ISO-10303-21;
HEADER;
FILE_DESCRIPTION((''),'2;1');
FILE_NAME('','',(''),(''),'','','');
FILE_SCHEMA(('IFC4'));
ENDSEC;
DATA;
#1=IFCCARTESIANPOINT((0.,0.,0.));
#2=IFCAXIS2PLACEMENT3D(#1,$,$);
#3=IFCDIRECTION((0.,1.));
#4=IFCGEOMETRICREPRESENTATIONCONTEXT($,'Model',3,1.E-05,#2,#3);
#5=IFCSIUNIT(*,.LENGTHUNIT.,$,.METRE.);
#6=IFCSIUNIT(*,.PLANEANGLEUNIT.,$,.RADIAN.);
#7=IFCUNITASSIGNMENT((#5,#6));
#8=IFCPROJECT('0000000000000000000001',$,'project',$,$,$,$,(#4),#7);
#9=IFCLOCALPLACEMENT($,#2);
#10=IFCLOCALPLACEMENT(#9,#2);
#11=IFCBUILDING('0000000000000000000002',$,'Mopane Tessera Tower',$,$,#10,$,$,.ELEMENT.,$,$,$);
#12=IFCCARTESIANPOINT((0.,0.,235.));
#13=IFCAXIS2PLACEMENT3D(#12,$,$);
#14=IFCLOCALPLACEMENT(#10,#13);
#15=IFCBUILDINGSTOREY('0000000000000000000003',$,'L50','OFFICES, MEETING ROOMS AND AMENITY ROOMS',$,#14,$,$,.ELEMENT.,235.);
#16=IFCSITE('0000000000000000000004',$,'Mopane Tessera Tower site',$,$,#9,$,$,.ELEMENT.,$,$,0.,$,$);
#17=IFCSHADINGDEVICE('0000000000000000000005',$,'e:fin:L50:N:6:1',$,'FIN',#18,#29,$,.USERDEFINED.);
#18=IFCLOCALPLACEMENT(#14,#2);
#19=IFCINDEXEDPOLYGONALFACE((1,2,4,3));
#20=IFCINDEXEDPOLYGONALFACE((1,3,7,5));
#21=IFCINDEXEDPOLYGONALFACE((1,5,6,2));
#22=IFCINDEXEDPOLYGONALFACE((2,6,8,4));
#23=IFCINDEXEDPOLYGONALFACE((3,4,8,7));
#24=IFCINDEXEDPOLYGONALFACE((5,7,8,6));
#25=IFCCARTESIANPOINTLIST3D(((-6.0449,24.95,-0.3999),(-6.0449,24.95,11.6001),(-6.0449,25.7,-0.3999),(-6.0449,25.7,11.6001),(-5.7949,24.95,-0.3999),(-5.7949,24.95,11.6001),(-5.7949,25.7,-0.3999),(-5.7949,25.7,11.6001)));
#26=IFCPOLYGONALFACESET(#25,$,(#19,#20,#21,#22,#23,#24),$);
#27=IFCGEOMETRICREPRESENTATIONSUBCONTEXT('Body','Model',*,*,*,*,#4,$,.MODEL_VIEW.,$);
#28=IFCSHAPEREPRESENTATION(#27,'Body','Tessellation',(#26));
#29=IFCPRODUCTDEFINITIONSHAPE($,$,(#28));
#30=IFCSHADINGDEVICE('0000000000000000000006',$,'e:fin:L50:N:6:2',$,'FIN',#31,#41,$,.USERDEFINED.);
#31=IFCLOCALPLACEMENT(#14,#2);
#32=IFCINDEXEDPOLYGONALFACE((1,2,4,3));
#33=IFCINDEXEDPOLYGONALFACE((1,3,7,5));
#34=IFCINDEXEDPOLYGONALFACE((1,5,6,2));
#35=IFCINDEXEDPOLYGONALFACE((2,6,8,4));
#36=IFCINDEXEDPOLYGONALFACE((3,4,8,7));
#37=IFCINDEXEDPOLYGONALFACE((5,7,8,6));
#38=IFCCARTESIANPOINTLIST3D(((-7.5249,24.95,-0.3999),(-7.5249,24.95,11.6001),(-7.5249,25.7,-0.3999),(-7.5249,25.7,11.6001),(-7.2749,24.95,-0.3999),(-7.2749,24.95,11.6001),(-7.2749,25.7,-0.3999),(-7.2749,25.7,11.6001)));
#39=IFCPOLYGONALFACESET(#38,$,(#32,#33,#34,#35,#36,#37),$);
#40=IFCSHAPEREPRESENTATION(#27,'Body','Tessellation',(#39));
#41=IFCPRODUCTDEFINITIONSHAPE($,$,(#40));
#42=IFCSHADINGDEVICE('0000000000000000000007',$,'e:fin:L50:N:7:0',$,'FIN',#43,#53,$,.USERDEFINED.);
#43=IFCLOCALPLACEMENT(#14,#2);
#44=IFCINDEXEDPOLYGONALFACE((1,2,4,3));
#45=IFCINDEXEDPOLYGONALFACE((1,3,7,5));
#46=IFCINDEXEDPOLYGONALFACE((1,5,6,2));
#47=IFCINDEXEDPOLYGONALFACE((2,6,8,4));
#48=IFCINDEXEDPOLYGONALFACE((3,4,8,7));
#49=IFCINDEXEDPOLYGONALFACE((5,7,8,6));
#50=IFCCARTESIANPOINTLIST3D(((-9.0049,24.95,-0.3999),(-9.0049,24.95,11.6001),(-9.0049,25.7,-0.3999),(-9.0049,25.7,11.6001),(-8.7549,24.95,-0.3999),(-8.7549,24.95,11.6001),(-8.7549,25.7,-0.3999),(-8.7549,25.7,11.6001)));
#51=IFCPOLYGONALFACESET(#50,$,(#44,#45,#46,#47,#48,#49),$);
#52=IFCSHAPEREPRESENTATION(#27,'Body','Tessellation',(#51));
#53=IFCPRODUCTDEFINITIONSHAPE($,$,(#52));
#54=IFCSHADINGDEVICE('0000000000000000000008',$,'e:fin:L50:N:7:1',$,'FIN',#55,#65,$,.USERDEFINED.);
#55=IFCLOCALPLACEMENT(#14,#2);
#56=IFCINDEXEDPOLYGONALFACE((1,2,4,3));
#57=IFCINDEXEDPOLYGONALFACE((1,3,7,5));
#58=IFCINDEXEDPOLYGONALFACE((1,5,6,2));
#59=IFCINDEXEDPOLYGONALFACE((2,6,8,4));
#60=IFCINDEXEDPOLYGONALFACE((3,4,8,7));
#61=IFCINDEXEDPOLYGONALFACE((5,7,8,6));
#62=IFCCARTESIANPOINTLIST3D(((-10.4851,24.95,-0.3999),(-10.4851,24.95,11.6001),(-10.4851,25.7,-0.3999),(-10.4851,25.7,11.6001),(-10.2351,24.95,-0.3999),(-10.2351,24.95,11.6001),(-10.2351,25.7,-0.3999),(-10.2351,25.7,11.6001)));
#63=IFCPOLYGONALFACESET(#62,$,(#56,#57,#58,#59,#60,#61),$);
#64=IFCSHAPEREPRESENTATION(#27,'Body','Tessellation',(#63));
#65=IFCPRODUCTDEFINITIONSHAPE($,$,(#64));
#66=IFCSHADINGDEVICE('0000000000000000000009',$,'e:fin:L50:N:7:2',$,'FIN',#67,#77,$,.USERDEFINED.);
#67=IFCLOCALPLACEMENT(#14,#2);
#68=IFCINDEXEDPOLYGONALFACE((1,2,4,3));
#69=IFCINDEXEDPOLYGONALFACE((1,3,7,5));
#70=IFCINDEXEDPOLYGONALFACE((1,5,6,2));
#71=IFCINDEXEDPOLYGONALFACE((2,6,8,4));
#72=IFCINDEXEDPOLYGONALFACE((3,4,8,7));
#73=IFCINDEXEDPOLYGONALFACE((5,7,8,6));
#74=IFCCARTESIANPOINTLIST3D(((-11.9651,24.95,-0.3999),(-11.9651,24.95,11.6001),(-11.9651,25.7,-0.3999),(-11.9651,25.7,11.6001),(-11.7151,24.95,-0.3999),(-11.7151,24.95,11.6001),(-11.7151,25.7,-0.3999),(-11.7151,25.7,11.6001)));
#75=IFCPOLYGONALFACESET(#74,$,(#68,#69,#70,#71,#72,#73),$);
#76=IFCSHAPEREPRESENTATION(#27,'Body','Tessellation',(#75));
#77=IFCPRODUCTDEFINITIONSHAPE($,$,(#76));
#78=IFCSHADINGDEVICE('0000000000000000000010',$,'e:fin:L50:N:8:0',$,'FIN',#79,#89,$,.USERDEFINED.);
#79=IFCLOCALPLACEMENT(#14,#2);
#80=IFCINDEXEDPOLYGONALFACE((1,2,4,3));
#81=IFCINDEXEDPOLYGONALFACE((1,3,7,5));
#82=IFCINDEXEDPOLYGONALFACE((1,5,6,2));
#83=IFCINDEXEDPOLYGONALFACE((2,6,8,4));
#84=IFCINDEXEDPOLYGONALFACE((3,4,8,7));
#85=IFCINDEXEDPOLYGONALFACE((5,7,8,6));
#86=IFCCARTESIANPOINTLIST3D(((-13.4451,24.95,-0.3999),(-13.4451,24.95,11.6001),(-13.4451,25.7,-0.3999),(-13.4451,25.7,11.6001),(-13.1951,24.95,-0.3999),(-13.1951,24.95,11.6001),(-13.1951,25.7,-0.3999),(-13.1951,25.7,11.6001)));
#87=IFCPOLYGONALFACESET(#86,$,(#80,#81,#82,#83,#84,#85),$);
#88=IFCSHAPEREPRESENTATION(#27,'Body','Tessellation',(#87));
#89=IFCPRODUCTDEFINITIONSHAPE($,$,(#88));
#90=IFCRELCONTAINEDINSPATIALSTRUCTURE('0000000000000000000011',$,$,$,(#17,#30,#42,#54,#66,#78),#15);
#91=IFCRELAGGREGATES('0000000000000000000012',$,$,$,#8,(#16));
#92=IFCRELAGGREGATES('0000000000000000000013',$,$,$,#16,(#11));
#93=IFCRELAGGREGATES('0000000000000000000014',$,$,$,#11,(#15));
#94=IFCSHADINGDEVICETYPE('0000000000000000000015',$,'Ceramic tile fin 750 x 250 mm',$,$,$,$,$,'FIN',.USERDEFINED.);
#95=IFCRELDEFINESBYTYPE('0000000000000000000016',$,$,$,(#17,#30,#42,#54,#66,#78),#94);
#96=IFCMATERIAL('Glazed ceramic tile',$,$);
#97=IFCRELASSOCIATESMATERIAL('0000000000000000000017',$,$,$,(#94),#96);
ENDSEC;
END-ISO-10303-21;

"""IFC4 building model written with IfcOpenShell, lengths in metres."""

from ifc_helpers import new_model, si_unit, direction, frame, origin, origin_2d, place, context, subcontext, project, spatial, rectangle, extrude, material, type_object, element, save


model = new_model("IFC4")

# Units and contexts
model_context = context("Model", 3, precision=1e-05, world=origin(), true_north=direction((0.0, 1.0)))
body_context = subcontext(model_context, "Body", "Model", "MODEL_VIEW")
ifc_project = project(units=[si_unit("LENGTHUNIT", "METRE"), si_unit("PLANEANGLEUNIT", "RADIAN")], contexts=[model_context])

# Site, building, storey
site_placement = place(None, origin())
site = spatial("IfcSite", under=ifc_project, at=site_placement, Name="Mopane Tessera Tower site", CompositionType="ELEMENT", RefElevation=0.0)
building_placement = place(site_placement, origin())
building = spatial("IfcBuilding", under=site, at=building_placement, Name="Mopane Tessera Tower", CompositionType="ELEMENT")
storey_placement = place(building_placement, frame((0.0, 0.0, 235.0)))
storey = spatial("IfcBuildingStorey", under=building, at=storey_placement, Name="L50", Description="OFFICES, MEETING ROOMS AND AMENITY ROOMS", CompositionType="ELEMENT", Elevation=235.0)

# Shading devices
ifc_material_1 = material(Name="Glazed ceramic tile")
shading_device_type = type_object("IfcShadingDeviceType", Name="Ceramic tile fin 750 x 250 mm", ElementType="FIN", PredefinedType="USERDEFINED", material=ifc_material_1)
for number, where, z_axis, x_axis, name in (
    (1, (-5.9199, 25.325, -0.3999), (0.0, 0.0, 1.0), (-1.0, 0.0, 0.0), "e:fin:L50:N:6:1"),
    (2, (-7.3999, 25.325, -0.3999), (0.0, 0.0, 1.0), (-1.0, 0.0, 0.0), "e:fin:L50:N:6:2"),
    (3, (-8.8799, 25.325, -0.3999), (0.0, 0.0, 1.0), (-1.0, 0.0, 0.0), "e:fin:L50:N:7:0"),
    (4, (-10.3601, 25.325, -0.3999), (0.0, 0.0, 1.0), (-1.0, 0.0, 0.0), "e:fin:L50:N:7:1"),
    (5, (-11.8401, 25.325, -0.3999), (0.0, 0.0, 1.0), (-1.0, 0.0, 0.0), "e:fin:L50:N:7:2"),
    (6, (-13.3201, 25.325, -0.3999), (0.0, 0.0, 1.0), (-1.0, 0.0, 0.0), "e:fin:L50:N:8:0"),
):
    element("IfcShadingDevice", number, at=place(storey_placement, frame(where, z_axis=z_axis, x_axis=x_axis)), inside=storey, type_object=shading_device_type, Name=name, ObjectType="FIN", PredefinedType="USERDEFINED", context=body_context, shape_type="SweptSolid", body=[
        extrude(rectangle(XDim=0.25, YDim=0.75, at=origin_2d()), origin(), (0.0, 0.0, 1.0), 12.0),
    ])

save(model, "model.ifc")
